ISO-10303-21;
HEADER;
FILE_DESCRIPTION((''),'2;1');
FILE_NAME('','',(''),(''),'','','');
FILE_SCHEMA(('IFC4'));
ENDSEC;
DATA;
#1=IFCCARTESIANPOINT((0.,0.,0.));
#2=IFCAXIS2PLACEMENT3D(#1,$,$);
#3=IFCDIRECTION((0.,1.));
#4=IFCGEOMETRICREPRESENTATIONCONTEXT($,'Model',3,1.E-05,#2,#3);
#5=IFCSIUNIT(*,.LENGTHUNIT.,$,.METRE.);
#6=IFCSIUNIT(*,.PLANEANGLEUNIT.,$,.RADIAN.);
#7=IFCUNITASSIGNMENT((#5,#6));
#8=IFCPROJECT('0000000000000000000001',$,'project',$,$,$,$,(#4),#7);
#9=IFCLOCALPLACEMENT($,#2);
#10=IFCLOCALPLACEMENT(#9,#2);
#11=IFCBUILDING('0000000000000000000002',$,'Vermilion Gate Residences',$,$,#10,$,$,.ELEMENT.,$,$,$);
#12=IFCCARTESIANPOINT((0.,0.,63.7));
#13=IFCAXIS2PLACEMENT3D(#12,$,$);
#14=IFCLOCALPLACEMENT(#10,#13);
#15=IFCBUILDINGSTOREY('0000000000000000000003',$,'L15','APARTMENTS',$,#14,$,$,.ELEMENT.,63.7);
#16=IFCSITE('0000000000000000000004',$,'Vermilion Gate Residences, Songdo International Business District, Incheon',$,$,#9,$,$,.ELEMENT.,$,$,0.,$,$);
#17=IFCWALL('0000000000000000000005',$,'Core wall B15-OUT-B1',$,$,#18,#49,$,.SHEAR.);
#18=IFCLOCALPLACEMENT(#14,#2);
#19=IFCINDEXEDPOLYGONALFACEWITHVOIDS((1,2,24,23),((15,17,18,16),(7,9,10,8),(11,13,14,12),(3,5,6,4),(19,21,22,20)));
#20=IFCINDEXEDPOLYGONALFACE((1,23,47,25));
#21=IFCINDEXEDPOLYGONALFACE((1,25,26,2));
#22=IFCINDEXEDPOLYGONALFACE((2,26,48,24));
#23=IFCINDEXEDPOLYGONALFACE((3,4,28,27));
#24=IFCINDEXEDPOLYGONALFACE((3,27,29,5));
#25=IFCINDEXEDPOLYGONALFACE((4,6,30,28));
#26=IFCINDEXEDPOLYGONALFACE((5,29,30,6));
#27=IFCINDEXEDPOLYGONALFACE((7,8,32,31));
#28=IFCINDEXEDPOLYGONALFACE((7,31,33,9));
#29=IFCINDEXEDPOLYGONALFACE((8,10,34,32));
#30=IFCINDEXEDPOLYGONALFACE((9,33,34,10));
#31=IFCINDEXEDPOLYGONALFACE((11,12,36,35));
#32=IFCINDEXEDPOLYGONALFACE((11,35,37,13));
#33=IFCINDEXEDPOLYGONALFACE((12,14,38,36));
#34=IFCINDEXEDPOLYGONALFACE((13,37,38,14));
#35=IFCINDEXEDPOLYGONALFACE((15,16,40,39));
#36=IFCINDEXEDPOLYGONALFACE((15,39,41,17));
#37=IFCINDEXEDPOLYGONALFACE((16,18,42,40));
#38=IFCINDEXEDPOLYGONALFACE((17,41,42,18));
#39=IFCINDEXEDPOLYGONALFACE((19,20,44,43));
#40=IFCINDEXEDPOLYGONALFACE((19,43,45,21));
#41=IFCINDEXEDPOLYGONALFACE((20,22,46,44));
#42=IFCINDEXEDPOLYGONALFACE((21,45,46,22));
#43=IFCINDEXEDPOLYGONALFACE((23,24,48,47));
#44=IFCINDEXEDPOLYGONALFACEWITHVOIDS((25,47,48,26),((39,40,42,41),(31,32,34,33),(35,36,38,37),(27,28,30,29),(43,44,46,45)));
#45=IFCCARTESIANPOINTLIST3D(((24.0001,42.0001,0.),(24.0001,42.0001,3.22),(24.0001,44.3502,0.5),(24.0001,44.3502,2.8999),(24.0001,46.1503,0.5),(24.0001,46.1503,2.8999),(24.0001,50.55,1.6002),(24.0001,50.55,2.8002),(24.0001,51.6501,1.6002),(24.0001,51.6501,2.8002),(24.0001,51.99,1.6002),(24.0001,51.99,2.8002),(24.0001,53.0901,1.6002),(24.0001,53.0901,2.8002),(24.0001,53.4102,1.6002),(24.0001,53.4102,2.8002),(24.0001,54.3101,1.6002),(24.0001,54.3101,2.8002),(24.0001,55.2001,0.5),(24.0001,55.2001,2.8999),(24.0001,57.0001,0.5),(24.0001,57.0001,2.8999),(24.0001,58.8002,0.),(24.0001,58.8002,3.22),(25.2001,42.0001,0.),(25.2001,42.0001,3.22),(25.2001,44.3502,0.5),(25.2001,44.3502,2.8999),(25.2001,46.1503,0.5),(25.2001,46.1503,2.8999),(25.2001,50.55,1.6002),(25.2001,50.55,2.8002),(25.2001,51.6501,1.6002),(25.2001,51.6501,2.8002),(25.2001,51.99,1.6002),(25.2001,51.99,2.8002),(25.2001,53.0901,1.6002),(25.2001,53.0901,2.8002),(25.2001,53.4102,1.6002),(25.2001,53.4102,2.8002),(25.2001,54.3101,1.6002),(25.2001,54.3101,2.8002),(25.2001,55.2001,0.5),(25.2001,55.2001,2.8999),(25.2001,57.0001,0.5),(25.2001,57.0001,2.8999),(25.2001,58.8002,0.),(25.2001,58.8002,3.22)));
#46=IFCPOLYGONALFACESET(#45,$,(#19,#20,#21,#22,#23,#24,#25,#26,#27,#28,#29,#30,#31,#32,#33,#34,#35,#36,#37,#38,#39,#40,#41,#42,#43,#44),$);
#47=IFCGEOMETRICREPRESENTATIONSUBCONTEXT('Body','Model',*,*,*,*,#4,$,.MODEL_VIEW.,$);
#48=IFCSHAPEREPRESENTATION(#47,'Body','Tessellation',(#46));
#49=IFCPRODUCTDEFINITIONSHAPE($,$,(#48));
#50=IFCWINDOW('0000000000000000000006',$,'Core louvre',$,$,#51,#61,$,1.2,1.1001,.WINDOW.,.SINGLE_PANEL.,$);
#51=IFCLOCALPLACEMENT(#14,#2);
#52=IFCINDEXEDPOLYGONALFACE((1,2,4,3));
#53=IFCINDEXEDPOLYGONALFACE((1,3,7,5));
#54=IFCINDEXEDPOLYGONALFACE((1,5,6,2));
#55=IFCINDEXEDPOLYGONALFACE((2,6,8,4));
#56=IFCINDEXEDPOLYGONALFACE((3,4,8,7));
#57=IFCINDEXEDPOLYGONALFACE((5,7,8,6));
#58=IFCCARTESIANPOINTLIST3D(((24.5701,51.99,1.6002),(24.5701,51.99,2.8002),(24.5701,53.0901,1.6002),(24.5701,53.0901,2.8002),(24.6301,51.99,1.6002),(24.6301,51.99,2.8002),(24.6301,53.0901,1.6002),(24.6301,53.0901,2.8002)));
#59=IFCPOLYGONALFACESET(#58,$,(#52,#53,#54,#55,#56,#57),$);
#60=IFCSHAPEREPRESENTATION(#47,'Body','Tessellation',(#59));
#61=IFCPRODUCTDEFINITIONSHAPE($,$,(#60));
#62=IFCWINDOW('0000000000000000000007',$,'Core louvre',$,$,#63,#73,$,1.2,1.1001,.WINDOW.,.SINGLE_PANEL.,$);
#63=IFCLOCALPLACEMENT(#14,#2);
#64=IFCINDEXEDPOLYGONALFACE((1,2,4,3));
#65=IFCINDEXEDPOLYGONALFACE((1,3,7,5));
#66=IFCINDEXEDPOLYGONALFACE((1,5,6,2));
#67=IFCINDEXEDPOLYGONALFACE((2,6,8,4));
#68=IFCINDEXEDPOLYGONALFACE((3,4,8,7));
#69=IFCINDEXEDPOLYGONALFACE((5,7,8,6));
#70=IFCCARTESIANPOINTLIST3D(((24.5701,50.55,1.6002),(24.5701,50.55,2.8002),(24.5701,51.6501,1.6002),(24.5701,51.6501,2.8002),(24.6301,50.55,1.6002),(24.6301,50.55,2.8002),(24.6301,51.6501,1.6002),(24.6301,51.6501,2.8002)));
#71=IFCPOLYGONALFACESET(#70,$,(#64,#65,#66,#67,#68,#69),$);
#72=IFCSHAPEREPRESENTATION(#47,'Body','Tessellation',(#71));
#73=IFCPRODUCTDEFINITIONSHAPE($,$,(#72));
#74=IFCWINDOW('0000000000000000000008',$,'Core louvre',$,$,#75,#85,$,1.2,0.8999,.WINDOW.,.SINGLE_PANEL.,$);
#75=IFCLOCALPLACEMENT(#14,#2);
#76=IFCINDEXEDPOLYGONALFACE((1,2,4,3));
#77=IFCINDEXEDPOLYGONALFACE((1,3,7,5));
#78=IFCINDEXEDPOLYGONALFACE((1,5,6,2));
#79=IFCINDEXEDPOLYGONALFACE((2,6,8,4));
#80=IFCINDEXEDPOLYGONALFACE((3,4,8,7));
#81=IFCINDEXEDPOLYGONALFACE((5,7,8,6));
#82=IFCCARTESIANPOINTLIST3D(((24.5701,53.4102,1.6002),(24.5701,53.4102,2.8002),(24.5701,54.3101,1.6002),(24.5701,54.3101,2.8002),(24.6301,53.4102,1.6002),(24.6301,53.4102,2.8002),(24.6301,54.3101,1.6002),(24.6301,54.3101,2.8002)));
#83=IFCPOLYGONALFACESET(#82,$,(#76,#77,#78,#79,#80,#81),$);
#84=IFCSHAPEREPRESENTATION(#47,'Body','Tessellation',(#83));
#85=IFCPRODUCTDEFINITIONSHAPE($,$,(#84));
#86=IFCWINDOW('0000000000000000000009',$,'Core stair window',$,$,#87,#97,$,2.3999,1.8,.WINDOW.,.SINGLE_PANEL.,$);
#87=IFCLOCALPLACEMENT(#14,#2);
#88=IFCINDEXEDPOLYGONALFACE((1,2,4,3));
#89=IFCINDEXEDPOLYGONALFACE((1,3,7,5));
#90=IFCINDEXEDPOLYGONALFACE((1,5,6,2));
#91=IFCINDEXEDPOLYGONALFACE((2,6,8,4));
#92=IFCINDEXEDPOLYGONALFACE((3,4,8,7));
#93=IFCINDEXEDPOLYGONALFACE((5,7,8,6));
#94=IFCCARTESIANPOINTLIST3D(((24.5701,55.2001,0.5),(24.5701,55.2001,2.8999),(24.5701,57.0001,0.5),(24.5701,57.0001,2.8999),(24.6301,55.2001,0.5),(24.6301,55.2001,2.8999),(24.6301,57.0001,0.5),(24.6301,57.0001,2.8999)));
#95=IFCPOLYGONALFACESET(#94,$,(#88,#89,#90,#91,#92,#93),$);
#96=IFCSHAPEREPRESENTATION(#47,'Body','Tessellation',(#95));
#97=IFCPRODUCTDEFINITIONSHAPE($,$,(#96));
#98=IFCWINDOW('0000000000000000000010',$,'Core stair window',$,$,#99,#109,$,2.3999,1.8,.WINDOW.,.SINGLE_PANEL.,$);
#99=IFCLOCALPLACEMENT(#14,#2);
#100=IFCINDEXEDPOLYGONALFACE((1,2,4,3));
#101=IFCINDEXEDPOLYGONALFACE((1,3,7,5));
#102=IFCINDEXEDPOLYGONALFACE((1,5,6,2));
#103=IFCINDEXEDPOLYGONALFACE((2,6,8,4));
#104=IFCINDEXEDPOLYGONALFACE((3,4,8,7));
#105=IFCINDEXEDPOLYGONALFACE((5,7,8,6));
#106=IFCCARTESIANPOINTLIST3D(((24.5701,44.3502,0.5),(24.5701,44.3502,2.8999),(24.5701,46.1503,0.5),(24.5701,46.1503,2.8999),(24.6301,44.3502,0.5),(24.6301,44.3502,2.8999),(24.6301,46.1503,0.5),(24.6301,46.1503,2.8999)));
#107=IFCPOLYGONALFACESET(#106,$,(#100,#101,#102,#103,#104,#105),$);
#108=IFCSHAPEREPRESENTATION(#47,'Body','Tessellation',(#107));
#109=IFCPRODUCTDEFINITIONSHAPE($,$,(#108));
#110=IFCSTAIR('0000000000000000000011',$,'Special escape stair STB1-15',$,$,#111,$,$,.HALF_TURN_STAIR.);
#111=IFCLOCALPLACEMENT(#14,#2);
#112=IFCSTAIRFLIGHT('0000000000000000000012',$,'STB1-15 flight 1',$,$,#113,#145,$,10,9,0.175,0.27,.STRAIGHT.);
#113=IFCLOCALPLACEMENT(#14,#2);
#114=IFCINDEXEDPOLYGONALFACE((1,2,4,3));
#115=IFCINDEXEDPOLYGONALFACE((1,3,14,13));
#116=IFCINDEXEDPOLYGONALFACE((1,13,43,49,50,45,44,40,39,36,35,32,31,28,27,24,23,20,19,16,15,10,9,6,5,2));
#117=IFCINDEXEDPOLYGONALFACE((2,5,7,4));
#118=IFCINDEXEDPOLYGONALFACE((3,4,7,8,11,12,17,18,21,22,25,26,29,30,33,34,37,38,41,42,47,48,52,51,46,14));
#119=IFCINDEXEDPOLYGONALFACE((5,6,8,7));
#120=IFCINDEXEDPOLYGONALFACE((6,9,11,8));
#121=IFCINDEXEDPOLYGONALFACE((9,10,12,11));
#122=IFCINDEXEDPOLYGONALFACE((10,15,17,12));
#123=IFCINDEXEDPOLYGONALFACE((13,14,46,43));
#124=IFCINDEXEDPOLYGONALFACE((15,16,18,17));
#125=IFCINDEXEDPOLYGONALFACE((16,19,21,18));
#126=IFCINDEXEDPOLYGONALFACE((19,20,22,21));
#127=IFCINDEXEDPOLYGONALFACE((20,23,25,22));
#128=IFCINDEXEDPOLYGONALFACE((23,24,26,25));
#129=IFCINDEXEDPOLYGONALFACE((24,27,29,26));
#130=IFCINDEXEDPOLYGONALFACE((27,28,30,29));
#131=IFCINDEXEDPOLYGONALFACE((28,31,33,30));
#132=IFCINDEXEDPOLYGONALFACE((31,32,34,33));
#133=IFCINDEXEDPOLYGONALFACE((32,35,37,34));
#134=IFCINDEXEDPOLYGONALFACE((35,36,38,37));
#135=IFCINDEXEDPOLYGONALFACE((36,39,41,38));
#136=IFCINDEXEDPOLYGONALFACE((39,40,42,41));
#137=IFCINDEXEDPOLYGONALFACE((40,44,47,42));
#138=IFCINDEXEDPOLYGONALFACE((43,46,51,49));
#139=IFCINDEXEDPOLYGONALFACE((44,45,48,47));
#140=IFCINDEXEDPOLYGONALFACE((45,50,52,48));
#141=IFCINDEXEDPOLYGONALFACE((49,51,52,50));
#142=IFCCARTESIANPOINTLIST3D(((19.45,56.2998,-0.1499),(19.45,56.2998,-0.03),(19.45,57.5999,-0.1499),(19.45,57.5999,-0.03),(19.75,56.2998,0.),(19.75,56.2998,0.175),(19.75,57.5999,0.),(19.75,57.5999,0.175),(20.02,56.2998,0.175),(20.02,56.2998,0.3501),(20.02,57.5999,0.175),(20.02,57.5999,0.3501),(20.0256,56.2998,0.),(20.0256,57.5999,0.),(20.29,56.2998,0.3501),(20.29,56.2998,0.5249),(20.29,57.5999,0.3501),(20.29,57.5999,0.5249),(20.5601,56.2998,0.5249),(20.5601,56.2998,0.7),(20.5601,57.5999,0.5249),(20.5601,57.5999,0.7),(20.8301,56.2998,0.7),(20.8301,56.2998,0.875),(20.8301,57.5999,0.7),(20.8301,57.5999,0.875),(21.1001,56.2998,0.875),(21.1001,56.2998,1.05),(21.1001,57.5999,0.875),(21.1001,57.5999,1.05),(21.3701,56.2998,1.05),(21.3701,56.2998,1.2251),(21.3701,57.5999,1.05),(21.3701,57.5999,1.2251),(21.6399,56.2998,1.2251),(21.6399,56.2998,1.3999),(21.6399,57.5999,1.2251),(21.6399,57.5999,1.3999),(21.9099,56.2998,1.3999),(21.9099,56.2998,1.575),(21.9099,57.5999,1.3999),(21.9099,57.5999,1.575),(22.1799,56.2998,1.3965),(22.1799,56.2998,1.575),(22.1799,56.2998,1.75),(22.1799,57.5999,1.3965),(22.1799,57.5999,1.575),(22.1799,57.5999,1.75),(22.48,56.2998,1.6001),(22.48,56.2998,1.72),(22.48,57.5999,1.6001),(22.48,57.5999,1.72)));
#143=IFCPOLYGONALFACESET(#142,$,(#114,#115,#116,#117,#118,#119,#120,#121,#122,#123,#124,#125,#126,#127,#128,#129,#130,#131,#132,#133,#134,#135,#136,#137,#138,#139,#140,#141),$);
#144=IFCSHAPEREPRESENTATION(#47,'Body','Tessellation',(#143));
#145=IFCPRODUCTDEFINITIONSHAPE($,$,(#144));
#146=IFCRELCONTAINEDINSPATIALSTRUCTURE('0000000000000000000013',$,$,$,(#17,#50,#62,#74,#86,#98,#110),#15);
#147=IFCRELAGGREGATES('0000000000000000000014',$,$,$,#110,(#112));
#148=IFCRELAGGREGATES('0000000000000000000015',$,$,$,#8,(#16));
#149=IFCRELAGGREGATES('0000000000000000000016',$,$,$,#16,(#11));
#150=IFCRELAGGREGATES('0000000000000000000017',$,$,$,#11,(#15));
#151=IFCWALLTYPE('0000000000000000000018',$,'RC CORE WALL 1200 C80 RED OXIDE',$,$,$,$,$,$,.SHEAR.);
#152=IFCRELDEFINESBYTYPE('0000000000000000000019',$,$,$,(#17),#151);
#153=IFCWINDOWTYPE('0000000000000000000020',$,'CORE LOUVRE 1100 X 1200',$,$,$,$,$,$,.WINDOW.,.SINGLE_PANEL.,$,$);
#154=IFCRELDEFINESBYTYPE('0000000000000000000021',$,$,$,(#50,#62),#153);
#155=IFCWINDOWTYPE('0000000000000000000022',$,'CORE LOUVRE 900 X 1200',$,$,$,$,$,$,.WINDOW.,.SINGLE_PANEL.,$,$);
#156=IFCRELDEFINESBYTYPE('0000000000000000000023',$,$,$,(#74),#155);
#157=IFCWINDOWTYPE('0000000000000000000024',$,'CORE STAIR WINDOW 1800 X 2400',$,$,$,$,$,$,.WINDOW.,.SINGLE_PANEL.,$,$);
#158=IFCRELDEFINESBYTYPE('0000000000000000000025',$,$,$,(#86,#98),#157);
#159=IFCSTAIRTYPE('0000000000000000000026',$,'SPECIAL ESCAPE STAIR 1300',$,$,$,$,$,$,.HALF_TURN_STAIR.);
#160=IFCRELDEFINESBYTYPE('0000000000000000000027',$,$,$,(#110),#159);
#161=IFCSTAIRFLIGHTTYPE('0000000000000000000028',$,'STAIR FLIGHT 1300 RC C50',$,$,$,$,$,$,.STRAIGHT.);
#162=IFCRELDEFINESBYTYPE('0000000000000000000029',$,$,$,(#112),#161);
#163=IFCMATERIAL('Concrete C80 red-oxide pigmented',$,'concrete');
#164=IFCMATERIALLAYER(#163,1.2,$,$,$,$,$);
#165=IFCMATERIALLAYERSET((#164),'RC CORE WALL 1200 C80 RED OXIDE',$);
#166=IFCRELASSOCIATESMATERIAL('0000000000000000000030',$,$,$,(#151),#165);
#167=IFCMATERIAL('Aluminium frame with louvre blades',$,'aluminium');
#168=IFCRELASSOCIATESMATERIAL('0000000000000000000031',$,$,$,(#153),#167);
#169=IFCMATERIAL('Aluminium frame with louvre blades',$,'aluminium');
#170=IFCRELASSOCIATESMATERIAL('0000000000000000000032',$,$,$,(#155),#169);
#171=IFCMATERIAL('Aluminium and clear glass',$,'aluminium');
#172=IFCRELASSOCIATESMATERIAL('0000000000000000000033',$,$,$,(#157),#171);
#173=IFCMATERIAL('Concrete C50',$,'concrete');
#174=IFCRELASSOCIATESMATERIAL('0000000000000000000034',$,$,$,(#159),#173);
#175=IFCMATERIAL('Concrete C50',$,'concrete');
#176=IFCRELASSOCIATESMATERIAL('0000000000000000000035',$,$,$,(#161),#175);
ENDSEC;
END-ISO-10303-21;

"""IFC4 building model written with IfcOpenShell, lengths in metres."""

from ifc_helpers import new_model, si_unit, direction, frame, frame_2d, origin, place, context, subcontext, project, spatial, polyline, rectangle, outline, extrude, material, layer, layer_set, type_object, element, fill, aggregate, save


model = new_model("IFC4")

# Units and contexts
model_context = context("Model", 3, precision=1e-05, world=origin(), true_north=direction((0.0, 1.0)))
body_context = subcontext(model_context, "Body", "Model", "MODEL_VIEW")
ifc_project = project(units=[si_unit("LENGTHUNIT", "METRE"), si_unit("PLANEANGLEUNIT", "RADIAN")], contexts=[model_context])

# Site, building, storey
site_placement = place(None, origin())
site = spatial("IfcSite", under=ifc_project, at=site_placement, Name="Vermilion Gate Residences, Songdo International Business District, Incheon", CompositionType="ELEMENT", RefElevation=0.0)
building_placement = place(site_placement, origin())
building = spatial("IfcBuilding", under=site, at=building_placement, Name="Vermilion Gate Residences", CompositionType="ELEMENT")
storey_placement = place(building_placement, frame((0.0, 0.0, 63.7)))
storey = spatial("IfcBuildingStorey", under=building, at=storey_placement, Name="L15", Description="APARTMENTS", CompositionType="ELEMENT", Elevation=63.7)

# Wall, openings, windows
ifc_material_1 = material(Name="Concrete C80 red-oxide pigmented", Category="concrete")
ifc_layer_1 = layer(ifc_material_1, 1.2)
ifc_layer_set_1 = layer_set([ifc_layer_1], Name="RC CORE WALL 1200 C80 RED OXIDE")
wall_type_1 = type_object("IfcWallType", Name="RC CORE WALL 1200 C80 RED OXIDE", PredefinedType="SHEAR", material=ifc_layer_set_1)
wall_1_placement = place(storey_placement, frame((24.6001, 58.8, 0.0), z_axis=(0.0, 0.0, 1.0), x_axis=(0.0, -1.0, 0.0)))
wall_1 = element("IfcWall", 1, at=wall_1_placement, inside=storey, type_object=wall_type_1, Name="Core wall B15-OUT-B1", PredefinedType="SHEAR", context=body_context, shape_type="SweptSolid", body=[
    extrude(rectangle(XDim=16.8, YDim=1.2, at=frame_2d((8.3999, 0.0))), origin(), (0.0, 0.0, 1.0), 3.22),
])
opening_1_placement = place(wall_1_placement, frame((1.8, 0.0, 0.5)))
opening_1 = element("IfcOpeningElement", 2, at=opening_1_placement, cuts=wall_1, PredefinedType="OPENING", context=body_context, shape_type="SweptSolid", body=[
    extrude(rectangle(XDim=1.8, YDim=2.3999, at=frame_2d((0.8999, 1.2))), frame((0.0, 0.6099, 0.0), z_axis=(0.0, -1.0, 0.0), x_axis=(1.0, 0.0, 0.0)), (0.0, 0.0, 1.0), 1.22),
])
opening_2_placement = place(wall_1_placement, frame((4.49, 0.0, 1.6001)))
opening_2 = element("IfcOpeningElement", 3, at=opening_2_placement, cuts=wall_1, PredefinedType="OPENING", context=body_context, shape_type="SweptSolid", body=[
    extrude(rectangle(XDim=0.8999, YDim=1.2, at=frame_2d((0.45, 0.6001))), frame((0.0, 0.6099, 0.0), z_axis=(0.0, -1.0, 0.0), x_axis=(1.0, 0.0, 0.0)), (0.0, 0.0, 1.0), 1.22),
])
opening_3_placement = place(wall_1_placement, frame((5.71, 0.0, 1.6001)))
opening_3 = element("IfcOpeningElement", 4, at=opening_3_placement, cuts=wall_1, PredefinedType="OPENING", context=body_context, shape_type="SweptSolid", body=[
    extrude(rectangle(XDim=1.1001, YDim=1.2, at=frame_2d((0.55, 0.6001))), frame((0.0, 0.6099, 0.0), z_axis=(0.0, -1.0, 0.0), x_axis=(1.0, 0.0, 0.0)), (0.0, 0.0, 1.0), 1.22),
])
opening_4_placement = place(wall_1_placement, frame((7.1499, 0.0, 1.6001)))
opening_4 = element("IfcOpeningElement", 5, at=opening_4_placement, cuts=wall_1, PredefinedType="OPENING", context=body_context, shape_type="SweptSolid", body=[
    extrude(rectangle(XDim=1.1001, YDim=1.2, at=frame_2d((0.55, 0.6001))), frame((0.0, 0.6099, 0.0), z_axis=(0.0, -1.0, 0.0), x_axis=(1.0, 0.0, 0.0)), (0.0, 0.0, 1.0), 1.22),
])
opening_5_placement = place(wall_1_placement, frame((12.6499, 0.0, 0.5)))
opening_5 = element("IfcOpeningElement", 6, at=opening_5_placement, cuts=wall_1, PredefinedType="OPENING", context=body_context, shape_type="SweptSolid", body=[
    extrude(rectangle(XDim=1.8, YDim=2.3999, at=frame_2d((0.8999, 1.2))), frame((0.0, 0.6099, 0.0), z_axis=(0.0, -1.0, 0.0), x_axis=(1.0, 0.0, 0.0)), (0.0, 0.0, 1.0), 1.22),
])
ifc_material_2 = material(Name="Aluminium frame with louvre blades", Category="aluminium")
window_type_1 = type_object("IfcWindowType", Name="CORE LOUVRE 1100 X 1200", PartitioningType="SINGLE_PANEL", PredefinedType="WINDOW", material=ifc_material_2)
window_1_placement = place(opening_3_placement, origin())
window_1 = element("IfcWindow", 7, at=window_1_placement, inside=storey, type_object=window_type_1, Name="Core louvre", OverallHeight=1.2, OverallWidth=1.1001, PartitioningType="SINGLE_PANEL", PredefinedType="WINDOW", context=body_context, shape_type="SweptSolid", body=[
    extrude(rectangle(XDim=1.1001, YDim=1.2, at=frame_2d((0.55, 0.6001))), frame((0.0, 0.03, 0.0), z_axis=(0.0, -1.0, 0.0), x_axis=(1.0, 0.0, 0.0)), (0.0, 0.0, 1.0), 0.0601),
])
fill(opening_3, window_1)
window_2_placement = place(opening_4_placement, origin())
window_2 = element("IfcWindow", 8, at=window_2_placement, inside=storey, type_object=window_type_1, Name="Core louvre", OverallHeight=1.2, OverallWidth=1.1001, PartitioningType="SINGLE_PANEL", PredefinedType="WINDOW", context=body_context, shape_type="SweptSolid", body=[
    extrude(rectangle(XDim=1.1001, YDim=1.2, at=frame_2d((0.55, 0.6001))), frame((0.0, 0.03, 0.0), z_axis=(0.0, -1.0, 0.0), x_axis=(1.0, 0.0, 0.0)), (0.0, 0.0, 1.0), 0.0601),
])
fill(opening_4, window_2)
ifc_material_3 = material(Name="Aluminium frame with louvre blades", Category="aluminium")
window_type_2 = type_object("IfcWindowType", Name="CORE LOUVRE 900 X 1200", PartitioningType="SINGLE_PANEL", PredefinedType="WINDOW", material=ifc_material_3)
window_3_placement = place(opening_2_placement, origin())
window_3 = element("IfcWindow", 9, at=window_3_placement, inside=storey, type_object=window_type_2, Name="Core louvre", OverallHeight=1.2, OverallWidth=0.8999, PartitioningType="SINGLE_PANEL", PredefinedType="WINDOW", context=body_context, shape_type="SweptSolid", body=[
    extrude(rectangle(XDim=0.8999, YDim=1.2, at=frame_2d((0.45, 0.6001))), frame((0.0, 0.03, 0.0), z_axis=(0.0, -1.0, 0.0), x_axis=(1.0, 0.0, 0.0)), (0.0, 0.0, 1.0), 0.0601),
])
fill(opening_2, window_3)
ifc_material_4 = material(Name="Aluminium and clear glass", Category="aluminium")
window_type_3 = type_object("IfcWindowType", Name="CORE STAIR WINDOW 1800 X 2400", PartitioningType="SINGLE_PANEL", PredefinedType="WINDOW", material=ifc_material_4)
window_4_placement = place(opening_1_placement, origin())
window_4 = element("IfcWindow", 10, at=window_4_placement, inside=storey, type_object=window_type_3, Name="Core stair window", OverallHeight=2.3999, OverallWidth=1.8, PartitioningType="SINGLE_PANEL", PredefinedType="WINDOW", context=body_context, shape_type="SweptSolid", body=[
    extrude(rectangle(XDim=1.8, YDim=2.3999, at=frame_2d((0.8999, 1.2))), frame((0.0, 0.03, 0.0), z_axis=(0.0, -1.0, 0.0), x_axis=(1.0, 0.0, 0.0)), (0.0, 0.0, 1.0), 0.0601),
])
fill(opening_1, window_4)
window_5_placement = place(opening_5_placement, origin())
window_5 = element("IfcWindow", 11, at=window_5_placement, inside=storey, type_object=window_type_3, Name="Core stair window", OverallHeight=2.3999, OverallWidth=1.8, PartitioningType="SINGLE_PANEL", PredefinedType="WINDOW", context=body_context, shape_type="SweptSolid", body=[
    extrude(rectangle(XDim=1.8, YDim=2.3999, at=frame_2d((0.8999, 1.2))), frame((0.0, 0.03, 0.0), z_axis=(0.0, -1.0, 0.0), x_axis=(1.0, 0.0, 0.0)), (0.0, 0.0, 1.0), 0.0601),
])
fill(opening_5, window_5)

# Stair, stair flight
ifc_material_5 = material(Name="Concrete C50", Category="concrete")
stair_type = type_object("IfcStairType", Name="SPECIAL ESCAPE STAIR 1300", PredefinedType="HALF_TURN_STAIR", material=ifc_material_5)
stair_placement = place(storey_placement, origin())
stair = element("IfcStair", 12, at=stair_placement, inside=storey, type_object=stair_type, Name="Special escape stair STB1-15", PredefinedType="HALF_TURN_STAIR")
ifc_material_6 = material(Name="Concrete C50", Category="concrete")
stair_flight_type = type_object("IfcStairFlightType", Name="STAIR FLIGHT 1300 RC C50", PredefinedType="STRAIGHT", material=ifc_material_6)
stair_flight_1_placement = place(storey_placement, frame((19.75, 56.95, 0.0), z_axis=(0.0, 0.0, 1.0), x_axis=(1.0, 0.0, 0.0)))
stair_flight_1 = element("IfcStairFlight", 13, at=stair_flight_1_placement, type_object=stair_flight_type, Name="STB1-15 flight 1", NumberOfRisers=10, NumberOfTreads=9, PredefinedType="STRAIGHT", RiserHeight=0.175, TreadLength=0.27, context=body_context, shape_type="SweptSolid", body=[
    extrude(outline(polyline([(-0.3, -0.1499), (-0.3, -0.03), (0.0, 0.0), (0.0, 0.175), (0.27, 0.175), (0.27, 0.3501), (0.54, 0.3501), (0.54, 0.5249), (0.8101, 0.5249), (0.8101, 0.7), (1.0801, 0.7), (1.0801, 0.875), (1.3501, 0.875), (1.3501, 1.05), (1.6201, 1.05), (1.6201, 1.2251), (1.8899, 1.2251), (1.8899, 1.3999), (2.1599, 1.3999), (2.1599, 1.575), (2.4299, 1.575), (2.4299, 1.75), (2.73, 1.72), (2.73, 1.6001), (2.4299, 1.3965), (0.2756, 0.0), (-0.3, -0.1499)])), frame((0.0, 0.6499, 0.0), z_axis=(0.0, -1.0, 0.0), x_axis=(1.0, 0.0, 0.0)), (0.0, 0.0, 1.0), 1.3),
])
aggregate(stair, [stair_flight_1])

save(model, "model.ifc")
